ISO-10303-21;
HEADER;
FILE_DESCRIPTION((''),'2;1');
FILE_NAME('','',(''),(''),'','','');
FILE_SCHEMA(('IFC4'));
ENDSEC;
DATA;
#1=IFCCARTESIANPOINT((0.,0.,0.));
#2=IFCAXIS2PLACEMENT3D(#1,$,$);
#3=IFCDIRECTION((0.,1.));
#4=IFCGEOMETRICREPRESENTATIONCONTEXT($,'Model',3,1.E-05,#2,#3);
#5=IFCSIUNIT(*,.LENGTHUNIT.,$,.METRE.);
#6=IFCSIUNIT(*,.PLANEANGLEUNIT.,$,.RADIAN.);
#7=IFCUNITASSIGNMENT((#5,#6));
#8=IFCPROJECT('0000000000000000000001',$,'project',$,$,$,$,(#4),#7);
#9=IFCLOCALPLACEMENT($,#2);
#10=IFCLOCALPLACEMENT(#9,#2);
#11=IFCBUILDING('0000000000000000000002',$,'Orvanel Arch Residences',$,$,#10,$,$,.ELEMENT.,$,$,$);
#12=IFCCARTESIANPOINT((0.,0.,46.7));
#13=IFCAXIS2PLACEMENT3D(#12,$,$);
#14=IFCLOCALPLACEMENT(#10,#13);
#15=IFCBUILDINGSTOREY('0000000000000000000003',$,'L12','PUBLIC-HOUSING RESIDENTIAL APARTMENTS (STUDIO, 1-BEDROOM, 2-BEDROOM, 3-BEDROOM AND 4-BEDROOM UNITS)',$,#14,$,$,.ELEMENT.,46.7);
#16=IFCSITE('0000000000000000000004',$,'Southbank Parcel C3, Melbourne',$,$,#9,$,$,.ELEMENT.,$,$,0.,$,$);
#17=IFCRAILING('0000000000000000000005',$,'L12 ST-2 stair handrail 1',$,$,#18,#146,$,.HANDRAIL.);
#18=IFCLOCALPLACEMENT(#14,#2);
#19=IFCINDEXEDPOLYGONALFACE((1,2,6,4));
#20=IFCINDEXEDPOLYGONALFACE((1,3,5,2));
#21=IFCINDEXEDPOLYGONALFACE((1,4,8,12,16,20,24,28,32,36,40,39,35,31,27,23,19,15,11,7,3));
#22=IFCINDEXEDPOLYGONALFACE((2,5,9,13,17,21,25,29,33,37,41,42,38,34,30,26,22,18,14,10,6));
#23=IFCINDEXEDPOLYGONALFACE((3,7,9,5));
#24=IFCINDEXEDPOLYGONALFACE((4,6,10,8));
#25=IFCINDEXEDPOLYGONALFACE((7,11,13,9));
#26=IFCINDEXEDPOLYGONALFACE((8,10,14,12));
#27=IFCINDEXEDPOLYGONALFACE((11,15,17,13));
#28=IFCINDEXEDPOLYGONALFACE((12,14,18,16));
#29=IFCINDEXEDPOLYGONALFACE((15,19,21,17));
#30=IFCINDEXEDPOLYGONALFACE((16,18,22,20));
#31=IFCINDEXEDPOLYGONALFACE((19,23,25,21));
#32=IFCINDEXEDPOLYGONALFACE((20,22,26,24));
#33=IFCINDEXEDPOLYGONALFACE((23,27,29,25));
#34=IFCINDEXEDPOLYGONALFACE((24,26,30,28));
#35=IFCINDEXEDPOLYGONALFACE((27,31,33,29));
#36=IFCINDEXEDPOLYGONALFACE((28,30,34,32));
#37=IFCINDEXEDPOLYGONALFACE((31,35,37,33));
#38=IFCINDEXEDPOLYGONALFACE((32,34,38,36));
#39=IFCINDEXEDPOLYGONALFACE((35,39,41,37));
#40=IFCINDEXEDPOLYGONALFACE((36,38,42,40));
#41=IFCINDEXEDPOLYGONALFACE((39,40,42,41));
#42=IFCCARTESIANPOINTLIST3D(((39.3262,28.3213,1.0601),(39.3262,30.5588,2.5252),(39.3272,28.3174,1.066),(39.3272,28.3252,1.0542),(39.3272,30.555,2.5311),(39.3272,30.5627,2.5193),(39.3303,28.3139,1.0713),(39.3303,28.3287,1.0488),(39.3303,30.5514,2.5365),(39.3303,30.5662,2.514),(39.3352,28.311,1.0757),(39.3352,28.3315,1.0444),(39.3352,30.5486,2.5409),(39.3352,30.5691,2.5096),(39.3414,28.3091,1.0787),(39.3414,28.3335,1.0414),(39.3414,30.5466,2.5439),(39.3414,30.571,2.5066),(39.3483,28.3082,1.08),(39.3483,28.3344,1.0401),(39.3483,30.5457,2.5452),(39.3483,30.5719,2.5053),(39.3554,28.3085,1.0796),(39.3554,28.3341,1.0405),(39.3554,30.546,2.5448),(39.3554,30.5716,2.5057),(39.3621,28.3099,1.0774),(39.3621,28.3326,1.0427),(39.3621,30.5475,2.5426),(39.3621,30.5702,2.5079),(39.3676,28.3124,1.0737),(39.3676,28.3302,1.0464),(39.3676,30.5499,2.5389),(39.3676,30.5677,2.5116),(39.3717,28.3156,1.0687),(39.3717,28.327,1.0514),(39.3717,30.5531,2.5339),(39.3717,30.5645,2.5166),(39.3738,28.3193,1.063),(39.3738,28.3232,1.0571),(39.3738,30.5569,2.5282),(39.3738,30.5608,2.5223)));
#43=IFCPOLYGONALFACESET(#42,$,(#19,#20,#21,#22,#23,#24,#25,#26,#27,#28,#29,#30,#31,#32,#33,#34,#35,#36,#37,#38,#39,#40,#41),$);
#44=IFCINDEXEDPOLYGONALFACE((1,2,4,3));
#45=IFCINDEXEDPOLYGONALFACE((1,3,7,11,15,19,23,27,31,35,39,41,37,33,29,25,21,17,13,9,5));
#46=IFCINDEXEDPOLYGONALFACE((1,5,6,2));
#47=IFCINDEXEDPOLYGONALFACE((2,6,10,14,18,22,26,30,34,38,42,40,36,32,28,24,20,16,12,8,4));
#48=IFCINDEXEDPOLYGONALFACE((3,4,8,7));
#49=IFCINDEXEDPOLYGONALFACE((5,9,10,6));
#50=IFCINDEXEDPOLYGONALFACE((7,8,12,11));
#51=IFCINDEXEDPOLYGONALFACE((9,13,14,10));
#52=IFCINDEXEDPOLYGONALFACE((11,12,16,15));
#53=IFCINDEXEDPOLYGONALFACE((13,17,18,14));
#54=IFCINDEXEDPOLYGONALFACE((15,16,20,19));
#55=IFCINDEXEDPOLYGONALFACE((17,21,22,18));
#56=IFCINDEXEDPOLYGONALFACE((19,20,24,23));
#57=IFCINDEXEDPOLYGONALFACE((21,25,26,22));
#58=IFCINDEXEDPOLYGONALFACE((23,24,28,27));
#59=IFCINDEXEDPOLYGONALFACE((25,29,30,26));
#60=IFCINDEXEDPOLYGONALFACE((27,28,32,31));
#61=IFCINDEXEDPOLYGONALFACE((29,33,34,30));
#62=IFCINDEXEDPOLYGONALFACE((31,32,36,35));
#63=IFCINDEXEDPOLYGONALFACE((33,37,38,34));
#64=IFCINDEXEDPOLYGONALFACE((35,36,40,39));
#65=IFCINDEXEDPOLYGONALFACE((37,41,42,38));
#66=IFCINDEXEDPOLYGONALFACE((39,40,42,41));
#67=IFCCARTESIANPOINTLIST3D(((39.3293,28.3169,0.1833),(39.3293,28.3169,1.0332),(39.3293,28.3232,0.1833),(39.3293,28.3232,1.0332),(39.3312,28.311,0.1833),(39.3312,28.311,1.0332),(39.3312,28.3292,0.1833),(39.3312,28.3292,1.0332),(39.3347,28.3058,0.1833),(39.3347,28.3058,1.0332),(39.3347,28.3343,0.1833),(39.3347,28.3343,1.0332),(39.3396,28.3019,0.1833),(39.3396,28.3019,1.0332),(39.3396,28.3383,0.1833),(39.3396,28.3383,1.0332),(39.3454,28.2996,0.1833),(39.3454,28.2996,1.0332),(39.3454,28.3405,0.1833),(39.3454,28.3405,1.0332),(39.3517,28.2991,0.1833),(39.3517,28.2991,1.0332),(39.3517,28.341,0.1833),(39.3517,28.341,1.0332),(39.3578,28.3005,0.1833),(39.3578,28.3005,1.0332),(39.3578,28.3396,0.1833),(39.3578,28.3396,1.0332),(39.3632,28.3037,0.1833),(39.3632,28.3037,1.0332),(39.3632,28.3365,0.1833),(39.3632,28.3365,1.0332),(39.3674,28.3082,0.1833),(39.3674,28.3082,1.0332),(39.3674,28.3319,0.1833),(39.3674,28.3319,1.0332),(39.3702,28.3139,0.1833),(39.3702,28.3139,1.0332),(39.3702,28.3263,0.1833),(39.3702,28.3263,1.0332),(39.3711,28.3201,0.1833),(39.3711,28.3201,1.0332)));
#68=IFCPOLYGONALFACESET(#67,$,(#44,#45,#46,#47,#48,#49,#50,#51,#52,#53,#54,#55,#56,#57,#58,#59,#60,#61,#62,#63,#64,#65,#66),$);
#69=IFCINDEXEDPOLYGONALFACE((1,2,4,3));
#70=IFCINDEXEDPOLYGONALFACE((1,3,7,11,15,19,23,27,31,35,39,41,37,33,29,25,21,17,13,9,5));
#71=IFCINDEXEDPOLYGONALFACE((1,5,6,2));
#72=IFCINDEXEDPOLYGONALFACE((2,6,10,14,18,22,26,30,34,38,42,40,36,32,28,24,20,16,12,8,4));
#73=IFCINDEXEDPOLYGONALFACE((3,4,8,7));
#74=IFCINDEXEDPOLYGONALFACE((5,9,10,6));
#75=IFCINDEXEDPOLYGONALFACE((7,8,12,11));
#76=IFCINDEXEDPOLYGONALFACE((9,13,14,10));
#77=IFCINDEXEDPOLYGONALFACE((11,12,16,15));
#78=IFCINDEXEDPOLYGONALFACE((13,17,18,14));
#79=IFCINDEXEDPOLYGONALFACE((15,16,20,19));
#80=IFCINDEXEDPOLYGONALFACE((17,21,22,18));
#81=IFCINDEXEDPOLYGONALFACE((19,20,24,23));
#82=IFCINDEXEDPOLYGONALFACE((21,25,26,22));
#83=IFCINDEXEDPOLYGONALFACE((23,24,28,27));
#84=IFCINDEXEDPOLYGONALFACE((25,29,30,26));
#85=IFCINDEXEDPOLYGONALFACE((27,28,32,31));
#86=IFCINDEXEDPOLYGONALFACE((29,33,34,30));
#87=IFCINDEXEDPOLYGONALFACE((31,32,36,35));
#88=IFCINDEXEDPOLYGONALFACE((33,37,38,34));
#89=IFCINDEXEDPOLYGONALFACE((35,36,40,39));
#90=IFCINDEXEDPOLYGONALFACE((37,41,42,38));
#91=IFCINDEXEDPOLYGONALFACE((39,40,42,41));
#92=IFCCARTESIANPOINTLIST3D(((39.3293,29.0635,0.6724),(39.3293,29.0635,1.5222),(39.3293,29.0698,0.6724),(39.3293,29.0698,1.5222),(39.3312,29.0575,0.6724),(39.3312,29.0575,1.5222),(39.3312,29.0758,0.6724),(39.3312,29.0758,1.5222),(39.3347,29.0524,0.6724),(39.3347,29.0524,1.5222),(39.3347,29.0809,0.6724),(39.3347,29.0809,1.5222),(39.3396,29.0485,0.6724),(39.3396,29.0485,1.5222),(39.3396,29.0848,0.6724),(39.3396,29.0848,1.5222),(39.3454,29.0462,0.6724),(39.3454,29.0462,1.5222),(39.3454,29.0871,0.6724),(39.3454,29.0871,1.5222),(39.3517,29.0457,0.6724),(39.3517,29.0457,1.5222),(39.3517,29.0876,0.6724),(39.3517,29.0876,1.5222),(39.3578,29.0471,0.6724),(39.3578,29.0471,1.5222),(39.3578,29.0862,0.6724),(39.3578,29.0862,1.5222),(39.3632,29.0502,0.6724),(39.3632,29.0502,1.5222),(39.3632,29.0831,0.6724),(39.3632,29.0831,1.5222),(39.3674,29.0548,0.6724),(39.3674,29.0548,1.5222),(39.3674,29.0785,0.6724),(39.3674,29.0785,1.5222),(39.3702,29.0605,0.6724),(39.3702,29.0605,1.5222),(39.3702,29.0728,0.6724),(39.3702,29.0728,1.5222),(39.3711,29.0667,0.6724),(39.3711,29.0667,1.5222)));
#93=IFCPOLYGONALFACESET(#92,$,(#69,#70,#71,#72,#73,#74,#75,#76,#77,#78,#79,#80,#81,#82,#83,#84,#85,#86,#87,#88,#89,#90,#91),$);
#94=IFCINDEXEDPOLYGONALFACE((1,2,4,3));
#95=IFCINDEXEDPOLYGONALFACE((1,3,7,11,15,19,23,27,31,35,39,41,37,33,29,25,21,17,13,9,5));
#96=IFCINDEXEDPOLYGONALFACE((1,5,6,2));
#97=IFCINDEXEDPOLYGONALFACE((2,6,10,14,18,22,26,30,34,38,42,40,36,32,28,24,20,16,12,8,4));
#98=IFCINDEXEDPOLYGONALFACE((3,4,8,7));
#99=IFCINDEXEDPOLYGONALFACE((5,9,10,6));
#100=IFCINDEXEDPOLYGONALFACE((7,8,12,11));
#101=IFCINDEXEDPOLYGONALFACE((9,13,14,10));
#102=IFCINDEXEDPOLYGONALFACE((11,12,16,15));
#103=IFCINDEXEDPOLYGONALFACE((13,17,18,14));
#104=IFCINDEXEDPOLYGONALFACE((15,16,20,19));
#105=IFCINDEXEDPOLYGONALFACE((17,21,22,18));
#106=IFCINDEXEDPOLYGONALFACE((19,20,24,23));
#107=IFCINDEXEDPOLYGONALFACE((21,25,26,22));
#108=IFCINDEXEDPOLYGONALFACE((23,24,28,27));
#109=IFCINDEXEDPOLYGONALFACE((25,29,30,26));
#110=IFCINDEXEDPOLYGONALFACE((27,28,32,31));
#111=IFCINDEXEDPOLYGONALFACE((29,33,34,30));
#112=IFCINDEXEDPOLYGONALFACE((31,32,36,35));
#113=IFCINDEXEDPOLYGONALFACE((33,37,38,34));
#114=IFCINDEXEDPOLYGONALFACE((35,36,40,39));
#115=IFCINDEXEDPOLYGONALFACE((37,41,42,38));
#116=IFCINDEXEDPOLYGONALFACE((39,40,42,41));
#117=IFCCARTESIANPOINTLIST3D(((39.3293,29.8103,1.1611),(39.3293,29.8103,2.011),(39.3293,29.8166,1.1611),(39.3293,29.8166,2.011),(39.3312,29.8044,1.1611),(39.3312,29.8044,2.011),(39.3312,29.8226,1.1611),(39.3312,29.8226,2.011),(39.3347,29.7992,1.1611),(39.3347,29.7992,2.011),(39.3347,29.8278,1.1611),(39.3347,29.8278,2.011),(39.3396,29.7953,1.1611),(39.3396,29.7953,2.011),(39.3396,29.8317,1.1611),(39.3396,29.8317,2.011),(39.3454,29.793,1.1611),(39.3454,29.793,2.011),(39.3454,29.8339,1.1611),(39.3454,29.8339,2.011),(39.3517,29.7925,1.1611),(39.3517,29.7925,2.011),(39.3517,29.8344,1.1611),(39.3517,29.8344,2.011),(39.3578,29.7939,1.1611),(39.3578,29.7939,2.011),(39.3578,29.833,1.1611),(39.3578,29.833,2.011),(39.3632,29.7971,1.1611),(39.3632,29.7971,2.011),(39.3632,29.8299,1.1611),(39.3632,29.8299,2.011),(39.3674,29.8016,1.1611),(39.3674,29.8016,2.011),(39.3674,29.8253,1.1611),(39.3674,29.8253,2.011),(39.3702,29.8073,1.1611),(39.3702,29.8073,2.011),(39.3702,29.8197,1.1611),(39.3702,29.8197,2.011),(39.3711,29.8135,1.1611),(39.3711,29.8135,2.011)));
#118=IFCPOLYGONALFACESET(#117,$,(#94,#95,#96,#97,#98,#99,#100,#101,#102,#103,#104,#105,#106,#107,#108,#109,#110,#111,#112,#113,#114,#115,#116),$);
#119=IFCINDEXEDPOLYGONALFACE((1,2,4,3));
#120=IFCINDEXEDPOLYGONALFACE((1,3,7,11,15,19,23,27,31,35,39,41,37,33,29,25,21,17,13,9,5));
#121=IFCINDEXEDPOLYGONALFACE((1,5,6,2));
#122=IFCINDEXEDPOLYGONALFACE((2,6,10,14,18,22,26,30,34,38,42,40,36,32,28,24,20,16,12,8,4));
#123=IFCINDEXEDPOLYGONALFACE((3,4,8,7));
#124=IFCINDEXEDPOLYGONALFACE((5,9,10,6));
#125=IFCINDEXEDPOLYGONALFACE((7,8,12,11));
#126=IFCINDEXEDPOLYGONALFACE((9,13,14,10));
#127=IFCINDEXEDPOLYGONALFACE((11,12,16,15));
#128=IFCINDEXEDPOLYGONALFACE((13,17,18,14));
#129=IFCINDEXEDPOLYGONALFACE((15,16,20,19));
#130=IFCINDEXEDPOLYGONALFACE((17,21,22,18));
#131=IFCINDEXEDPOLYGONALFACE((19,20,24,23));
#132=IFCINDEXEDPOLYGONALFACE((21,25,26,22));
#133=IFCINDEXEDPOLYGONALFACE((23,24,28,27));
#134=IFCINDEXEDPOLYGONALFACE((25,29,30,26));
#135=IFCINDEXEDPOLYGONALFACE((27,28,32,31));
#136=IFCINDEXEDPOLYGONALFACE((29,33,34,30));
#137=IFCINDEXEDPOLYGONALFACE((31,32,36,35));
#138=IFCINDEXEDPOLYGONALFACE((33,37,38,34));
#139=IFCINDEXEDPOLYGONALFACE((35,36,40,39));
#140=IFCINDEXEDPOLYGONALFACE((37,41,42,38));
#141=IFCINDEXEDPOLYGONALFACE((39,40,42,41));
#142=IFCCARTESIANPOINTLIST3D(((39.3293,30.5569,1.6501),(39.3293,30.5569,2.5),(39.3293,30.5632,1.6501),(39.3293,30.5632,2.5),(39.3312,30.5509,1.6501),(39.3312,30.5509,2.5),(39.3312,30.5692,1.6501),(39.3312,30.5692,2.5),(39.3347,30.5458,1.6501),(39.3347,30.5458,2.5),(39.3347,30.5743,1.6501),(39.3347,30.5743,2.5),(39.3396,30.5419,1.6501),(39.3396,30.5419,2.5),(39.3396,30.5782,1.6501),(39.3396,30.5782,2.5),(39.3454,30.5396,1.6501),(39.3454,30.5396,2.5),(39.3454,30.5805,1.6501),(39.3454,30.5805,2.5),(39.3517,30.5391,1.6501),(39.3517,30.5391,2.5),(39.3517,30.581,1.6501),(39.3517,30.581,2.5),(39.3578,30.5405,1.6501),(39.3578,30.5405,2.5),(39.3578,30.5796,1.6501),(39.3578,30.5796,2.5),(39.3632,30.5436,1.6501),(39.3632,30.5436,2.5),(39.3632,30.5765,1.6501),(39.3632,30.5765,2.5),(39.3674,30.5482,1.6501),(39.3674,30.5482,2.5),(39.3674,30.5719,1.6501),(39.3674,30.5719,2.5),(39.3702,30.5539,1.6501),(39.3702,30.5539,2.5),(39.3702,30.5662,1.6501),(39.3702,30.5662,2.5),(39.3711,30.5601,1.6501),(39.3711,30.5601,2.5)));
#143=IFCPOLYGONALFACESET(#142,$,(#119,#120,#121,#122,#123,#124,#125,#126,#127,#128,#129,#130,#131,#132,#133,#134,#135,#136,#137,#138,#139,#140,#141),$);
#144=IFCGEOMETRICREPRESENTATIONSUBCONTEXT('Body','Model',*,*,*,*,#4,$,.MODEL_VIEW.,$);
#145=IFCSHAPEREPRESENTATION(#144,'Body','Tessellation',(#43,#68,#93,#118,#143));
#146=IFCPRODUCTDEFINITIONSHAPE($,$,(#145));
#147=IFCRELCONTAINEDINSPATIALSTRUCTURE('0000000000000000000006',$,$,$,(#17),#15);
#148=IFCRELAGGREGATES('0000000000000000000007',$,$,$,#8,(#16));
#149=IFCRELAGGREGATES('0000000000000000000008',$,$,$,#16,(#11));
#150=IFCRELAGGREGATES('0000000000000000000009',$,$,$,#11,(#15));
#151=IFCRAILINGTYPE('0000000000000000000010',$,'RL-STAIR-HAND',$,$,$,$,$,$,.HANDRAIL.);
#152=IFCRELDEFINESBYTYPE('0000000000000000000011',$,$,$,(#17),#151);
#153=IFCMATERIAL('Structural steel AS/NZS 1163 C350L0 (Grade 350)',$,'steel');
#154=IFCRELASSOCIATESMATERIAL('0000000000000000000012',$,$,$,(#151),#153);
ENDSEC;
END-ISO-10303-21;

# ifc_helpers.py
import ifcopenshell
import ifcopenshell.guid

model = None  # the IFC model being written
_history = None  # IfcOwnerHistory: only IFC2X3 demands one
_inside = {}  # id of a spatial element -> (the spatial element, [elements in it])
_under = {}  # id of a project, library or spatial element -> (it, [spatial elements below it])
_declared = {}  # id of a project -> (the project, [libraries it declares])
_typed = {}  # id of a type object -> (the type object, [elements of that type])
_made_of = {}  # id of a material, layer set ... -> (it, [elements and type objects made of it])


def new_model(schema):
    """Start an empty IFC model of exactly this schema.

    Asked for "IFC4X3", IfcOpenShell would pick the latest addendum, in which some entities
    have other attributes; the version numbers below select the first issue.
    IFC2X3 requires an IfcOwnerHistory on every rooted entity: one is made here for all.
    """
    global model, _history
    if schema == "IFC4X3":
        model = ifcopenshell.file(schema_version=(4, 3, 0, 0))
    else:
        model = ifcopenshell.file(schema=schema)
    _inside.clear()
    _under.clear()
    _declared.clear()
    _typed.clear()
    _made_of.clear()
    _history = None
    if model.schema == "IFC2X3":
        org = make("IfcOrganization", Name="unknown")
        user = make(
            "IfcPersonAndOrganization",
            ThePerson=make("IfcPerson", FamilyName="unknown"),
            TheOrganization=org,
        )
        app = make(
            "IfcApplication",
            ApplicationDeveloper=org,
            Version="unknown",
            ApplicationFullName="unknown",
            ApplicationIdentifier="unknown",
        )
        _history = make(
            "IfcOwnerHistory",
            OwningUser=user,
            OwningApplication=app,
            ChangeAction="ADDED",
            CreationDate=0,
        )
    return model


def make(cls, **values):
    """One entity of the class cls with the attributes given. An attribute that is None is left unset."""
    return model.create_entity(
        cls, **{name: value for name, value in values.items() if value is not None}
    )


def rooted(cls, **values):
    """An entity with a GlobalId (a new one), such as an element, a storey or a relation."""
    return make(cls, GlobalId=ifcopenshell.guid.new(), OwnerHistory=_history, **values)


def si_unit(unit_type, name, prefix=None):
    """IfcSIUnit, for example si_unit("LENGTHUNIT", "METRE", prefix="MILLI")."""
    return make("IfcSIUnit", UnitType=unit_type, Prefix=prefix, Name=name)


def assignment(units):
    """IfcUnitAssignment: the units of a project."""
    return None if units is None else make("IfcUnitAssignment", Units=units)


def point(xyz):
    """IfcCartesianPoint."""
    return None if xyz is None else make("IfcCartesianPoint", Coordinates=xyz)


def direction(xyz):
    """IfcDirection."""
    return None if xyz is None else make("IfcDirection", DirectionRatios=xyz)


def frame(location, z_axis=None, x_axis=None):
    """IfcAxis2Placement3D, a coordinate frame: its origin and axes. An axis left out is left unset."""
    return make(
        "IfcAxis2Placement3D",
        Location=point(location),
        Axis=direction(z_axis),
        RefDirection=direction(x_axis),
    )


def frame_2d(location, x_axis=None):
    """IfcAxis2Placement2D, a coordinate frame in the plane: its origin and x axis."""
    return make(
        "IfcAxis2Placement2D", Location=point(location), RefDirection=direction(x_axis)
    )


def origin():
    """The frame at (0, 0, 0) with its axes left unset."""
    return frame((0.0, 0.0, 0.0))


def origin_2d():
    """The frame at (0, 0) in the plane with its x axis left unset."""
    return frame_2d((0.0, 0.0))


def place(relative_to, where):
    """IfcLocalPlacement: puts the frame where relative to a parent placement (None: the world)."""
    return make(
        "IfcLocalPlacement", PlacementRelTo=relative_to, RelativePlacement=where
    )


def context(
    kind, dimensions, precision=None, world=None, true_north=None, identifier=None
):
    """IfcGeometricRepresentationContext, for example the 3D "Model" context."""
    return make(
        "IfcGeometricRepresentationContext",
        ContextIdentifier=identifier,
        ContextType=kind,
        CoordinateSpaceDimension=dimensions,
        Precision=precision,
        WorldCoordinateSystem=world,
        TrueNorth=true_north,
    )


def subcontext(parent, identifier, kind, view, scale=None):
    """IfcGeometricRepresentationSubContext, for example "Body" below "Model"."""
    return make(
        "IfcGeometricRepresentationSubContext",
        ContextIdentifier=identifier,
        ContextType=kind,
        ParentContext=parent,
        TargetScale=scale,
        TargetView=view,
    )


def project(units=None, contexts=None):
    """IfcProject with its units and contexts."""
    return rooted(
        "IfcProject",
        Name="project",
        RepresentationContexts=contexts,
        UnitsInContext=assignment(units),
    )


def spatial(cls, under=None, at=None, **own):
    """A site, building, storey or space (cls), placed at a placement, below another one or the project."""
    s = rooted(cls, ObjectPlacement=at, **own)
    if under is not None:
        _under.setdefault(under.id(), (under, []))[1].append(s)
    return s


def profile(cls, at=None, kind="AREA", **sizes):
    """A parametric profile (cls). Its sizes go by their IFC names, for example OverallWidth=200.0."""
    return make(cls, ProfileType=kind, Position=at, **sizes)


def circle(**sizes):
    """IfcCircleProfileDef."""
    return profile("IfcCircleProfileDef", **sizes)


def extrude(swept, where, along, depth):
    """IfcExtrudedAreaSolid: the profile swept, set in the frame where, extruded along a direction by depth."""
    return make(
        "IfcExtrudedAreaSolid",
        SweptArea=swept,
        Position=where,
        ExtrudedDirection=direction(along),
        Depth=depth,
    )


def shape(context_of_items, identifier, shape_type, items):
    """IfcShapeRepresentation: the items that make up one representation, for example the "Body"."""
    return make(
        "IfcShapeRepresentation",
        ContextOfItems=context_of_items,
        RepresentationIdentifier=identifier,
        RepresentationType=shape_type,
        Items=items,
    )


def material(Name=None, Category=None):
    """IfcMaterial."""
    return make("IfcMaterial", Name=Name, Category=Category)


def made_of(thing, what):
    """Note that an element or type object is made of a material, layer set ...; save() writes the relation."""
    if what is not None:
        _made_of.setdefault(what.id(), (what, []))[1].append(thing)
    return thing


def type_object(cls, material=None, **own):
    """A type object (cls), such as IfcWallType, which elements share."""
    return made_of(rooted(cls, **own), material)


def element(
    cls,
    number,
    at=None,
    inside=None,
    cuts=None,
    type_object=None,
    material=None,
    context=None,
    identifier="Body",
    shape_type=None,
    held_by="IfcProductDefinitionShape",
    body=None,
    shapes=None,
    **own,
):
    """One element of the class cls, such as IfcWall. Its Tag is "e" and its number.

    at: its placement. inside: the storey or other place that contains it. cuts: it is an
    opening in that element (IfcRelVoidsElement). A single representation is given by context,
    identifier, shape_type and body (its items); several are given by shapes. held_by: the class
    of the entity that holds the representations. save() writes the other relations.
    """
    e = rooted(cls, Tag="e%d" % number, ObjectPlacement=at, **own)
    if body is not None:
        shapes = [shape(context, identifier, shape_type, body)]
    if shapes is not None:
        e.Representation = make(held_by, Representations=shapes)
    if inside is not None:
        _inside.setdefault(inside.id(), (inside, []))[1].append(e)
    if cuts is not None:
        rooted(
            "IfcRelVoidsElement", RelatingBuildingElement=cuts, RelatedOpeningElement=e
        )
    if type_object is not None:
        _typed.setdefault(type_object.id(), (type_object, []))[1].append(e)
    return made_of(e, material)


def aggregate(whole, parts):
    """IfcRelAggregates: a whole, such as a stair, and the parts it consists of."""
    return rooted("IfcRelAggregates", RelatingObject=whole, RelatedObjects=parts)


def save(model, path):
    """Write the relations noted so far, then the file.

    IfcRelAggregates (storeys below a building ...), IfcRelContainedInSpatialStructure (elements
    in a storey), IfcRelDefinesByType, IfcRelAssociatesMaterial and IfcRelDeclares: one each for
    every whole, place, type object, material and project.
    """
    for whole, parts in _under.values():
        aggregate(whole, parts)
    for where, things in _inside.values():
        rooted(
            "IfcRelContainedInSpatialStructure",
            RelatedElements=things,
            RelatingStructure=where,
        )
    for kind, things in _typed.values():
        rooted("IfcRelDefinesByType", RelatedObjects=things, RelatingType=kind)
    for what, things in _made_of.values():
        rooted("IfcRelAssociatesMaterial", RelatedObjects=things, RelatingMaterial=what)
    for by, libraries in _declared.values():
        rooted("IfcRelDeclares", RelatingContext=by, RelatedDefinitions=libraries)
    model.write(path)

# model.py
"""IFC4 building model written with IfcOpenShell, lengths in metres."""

from ifc_helpers import new_model, si_unit, direction, frame, origin, origin_2d, place, context, subcontext, project, spatial, circle, extrude, material, type_object, element, save


model = new_model("IFC4")

# Units and contexts
model_context = context("Model", 3, precision=1e-05, world=origin(), true_north=direction((0.0, 1.0)))
body_context = subcontext(model_context, "Body", "Model", "MODEL_VIEW")
ifc_project = project(units=[si_unit("LENGTHUNIT", "METRE"), si_unit("PLANEANGLEUNIT", "RADIAN")], contexts=[model_context])

# Site, building, storey
site_placement = place(None, origin())
site = spatial("IfcSite", under=ifc_project, at=site_placement, Name="Southbank Parcel C3, Melbourne", CompositionType="ELEMENT", RefElevation=0.0)
building_placement = place(site_placement, origin())
building = spatial("IfcBuilding", under=site, at=building_placement, Name="Orvanel Arch Residences", CompositionType="ELEMENT")
storey_placement = place(building_placement, frame((0.0, 0.0, 46.7)))
storey = spatial("IfcBuildingStorey", under=building, at=storey_placement, Name="L12", Description="PUBLIC-HOUSING RESIDENTIAL APARTMENTS (STUDIO, 1-BEDROOM, 2-BEDROOM, 3-BEDROOM AND 4-BEDROOM UNITS)", CompositionType="ELEMENT", Elevation=46.7)

# Railing
ifc_material_1 = material(Name="Structural steel AS/NZS 1163 C350L0 (Grade 350)", Category="steel")
railing_type_1 = type_object("IfcRailingType", Name="RL-STAIR-HAND", PredefinedType="HANDRAIL", material=ifc_material_1)
railing_1_placement = place(storey_placement, frame((39.3501, 28.3201, 0.1833)))
element("IfcRailing", 1, at=railing_1_placement, inside=storey, type_object=railing_type_1, Name="L12 ST-2 stair handrail 1", PredefinedType="HANDRAIL", context=body_context, shape_type="SweptSolid", body=[
    extrude(circle(Radius=0.0239, at=origin_2d()), frame((0.0, 0.0012, 0.8767), z_axis=(0.0, 0.836595, 0.547822), x_axis=(-1.0, 0.0, 0.0)), (0.0, 0.0, 1.0), 2.6746),
    extrude(circle(Radius=0.021, at=origin_2d()), origin(), (0.0, 0.0, 1.0), 0.8499),
    extrude(circle(Radius=0.021, at=origin_2d()), frame((0.0, 0.7466, 0.489)), (0.0, 0.0, 1.0), 0.8499),
    extrude(circle(Radius=0.021, at=origin_2d()), frame((0.0, 1.4934, 0.9778)), (0.0, 0.0, 1.0), 0.8499),
    extrude(circle(Radius=0.021, at=origin_2d()), frame((0.0, 2.24, 1.4668)), (0.0, 0.0, 1.0), 0.8499),
])

save(model, "model.ifc")
